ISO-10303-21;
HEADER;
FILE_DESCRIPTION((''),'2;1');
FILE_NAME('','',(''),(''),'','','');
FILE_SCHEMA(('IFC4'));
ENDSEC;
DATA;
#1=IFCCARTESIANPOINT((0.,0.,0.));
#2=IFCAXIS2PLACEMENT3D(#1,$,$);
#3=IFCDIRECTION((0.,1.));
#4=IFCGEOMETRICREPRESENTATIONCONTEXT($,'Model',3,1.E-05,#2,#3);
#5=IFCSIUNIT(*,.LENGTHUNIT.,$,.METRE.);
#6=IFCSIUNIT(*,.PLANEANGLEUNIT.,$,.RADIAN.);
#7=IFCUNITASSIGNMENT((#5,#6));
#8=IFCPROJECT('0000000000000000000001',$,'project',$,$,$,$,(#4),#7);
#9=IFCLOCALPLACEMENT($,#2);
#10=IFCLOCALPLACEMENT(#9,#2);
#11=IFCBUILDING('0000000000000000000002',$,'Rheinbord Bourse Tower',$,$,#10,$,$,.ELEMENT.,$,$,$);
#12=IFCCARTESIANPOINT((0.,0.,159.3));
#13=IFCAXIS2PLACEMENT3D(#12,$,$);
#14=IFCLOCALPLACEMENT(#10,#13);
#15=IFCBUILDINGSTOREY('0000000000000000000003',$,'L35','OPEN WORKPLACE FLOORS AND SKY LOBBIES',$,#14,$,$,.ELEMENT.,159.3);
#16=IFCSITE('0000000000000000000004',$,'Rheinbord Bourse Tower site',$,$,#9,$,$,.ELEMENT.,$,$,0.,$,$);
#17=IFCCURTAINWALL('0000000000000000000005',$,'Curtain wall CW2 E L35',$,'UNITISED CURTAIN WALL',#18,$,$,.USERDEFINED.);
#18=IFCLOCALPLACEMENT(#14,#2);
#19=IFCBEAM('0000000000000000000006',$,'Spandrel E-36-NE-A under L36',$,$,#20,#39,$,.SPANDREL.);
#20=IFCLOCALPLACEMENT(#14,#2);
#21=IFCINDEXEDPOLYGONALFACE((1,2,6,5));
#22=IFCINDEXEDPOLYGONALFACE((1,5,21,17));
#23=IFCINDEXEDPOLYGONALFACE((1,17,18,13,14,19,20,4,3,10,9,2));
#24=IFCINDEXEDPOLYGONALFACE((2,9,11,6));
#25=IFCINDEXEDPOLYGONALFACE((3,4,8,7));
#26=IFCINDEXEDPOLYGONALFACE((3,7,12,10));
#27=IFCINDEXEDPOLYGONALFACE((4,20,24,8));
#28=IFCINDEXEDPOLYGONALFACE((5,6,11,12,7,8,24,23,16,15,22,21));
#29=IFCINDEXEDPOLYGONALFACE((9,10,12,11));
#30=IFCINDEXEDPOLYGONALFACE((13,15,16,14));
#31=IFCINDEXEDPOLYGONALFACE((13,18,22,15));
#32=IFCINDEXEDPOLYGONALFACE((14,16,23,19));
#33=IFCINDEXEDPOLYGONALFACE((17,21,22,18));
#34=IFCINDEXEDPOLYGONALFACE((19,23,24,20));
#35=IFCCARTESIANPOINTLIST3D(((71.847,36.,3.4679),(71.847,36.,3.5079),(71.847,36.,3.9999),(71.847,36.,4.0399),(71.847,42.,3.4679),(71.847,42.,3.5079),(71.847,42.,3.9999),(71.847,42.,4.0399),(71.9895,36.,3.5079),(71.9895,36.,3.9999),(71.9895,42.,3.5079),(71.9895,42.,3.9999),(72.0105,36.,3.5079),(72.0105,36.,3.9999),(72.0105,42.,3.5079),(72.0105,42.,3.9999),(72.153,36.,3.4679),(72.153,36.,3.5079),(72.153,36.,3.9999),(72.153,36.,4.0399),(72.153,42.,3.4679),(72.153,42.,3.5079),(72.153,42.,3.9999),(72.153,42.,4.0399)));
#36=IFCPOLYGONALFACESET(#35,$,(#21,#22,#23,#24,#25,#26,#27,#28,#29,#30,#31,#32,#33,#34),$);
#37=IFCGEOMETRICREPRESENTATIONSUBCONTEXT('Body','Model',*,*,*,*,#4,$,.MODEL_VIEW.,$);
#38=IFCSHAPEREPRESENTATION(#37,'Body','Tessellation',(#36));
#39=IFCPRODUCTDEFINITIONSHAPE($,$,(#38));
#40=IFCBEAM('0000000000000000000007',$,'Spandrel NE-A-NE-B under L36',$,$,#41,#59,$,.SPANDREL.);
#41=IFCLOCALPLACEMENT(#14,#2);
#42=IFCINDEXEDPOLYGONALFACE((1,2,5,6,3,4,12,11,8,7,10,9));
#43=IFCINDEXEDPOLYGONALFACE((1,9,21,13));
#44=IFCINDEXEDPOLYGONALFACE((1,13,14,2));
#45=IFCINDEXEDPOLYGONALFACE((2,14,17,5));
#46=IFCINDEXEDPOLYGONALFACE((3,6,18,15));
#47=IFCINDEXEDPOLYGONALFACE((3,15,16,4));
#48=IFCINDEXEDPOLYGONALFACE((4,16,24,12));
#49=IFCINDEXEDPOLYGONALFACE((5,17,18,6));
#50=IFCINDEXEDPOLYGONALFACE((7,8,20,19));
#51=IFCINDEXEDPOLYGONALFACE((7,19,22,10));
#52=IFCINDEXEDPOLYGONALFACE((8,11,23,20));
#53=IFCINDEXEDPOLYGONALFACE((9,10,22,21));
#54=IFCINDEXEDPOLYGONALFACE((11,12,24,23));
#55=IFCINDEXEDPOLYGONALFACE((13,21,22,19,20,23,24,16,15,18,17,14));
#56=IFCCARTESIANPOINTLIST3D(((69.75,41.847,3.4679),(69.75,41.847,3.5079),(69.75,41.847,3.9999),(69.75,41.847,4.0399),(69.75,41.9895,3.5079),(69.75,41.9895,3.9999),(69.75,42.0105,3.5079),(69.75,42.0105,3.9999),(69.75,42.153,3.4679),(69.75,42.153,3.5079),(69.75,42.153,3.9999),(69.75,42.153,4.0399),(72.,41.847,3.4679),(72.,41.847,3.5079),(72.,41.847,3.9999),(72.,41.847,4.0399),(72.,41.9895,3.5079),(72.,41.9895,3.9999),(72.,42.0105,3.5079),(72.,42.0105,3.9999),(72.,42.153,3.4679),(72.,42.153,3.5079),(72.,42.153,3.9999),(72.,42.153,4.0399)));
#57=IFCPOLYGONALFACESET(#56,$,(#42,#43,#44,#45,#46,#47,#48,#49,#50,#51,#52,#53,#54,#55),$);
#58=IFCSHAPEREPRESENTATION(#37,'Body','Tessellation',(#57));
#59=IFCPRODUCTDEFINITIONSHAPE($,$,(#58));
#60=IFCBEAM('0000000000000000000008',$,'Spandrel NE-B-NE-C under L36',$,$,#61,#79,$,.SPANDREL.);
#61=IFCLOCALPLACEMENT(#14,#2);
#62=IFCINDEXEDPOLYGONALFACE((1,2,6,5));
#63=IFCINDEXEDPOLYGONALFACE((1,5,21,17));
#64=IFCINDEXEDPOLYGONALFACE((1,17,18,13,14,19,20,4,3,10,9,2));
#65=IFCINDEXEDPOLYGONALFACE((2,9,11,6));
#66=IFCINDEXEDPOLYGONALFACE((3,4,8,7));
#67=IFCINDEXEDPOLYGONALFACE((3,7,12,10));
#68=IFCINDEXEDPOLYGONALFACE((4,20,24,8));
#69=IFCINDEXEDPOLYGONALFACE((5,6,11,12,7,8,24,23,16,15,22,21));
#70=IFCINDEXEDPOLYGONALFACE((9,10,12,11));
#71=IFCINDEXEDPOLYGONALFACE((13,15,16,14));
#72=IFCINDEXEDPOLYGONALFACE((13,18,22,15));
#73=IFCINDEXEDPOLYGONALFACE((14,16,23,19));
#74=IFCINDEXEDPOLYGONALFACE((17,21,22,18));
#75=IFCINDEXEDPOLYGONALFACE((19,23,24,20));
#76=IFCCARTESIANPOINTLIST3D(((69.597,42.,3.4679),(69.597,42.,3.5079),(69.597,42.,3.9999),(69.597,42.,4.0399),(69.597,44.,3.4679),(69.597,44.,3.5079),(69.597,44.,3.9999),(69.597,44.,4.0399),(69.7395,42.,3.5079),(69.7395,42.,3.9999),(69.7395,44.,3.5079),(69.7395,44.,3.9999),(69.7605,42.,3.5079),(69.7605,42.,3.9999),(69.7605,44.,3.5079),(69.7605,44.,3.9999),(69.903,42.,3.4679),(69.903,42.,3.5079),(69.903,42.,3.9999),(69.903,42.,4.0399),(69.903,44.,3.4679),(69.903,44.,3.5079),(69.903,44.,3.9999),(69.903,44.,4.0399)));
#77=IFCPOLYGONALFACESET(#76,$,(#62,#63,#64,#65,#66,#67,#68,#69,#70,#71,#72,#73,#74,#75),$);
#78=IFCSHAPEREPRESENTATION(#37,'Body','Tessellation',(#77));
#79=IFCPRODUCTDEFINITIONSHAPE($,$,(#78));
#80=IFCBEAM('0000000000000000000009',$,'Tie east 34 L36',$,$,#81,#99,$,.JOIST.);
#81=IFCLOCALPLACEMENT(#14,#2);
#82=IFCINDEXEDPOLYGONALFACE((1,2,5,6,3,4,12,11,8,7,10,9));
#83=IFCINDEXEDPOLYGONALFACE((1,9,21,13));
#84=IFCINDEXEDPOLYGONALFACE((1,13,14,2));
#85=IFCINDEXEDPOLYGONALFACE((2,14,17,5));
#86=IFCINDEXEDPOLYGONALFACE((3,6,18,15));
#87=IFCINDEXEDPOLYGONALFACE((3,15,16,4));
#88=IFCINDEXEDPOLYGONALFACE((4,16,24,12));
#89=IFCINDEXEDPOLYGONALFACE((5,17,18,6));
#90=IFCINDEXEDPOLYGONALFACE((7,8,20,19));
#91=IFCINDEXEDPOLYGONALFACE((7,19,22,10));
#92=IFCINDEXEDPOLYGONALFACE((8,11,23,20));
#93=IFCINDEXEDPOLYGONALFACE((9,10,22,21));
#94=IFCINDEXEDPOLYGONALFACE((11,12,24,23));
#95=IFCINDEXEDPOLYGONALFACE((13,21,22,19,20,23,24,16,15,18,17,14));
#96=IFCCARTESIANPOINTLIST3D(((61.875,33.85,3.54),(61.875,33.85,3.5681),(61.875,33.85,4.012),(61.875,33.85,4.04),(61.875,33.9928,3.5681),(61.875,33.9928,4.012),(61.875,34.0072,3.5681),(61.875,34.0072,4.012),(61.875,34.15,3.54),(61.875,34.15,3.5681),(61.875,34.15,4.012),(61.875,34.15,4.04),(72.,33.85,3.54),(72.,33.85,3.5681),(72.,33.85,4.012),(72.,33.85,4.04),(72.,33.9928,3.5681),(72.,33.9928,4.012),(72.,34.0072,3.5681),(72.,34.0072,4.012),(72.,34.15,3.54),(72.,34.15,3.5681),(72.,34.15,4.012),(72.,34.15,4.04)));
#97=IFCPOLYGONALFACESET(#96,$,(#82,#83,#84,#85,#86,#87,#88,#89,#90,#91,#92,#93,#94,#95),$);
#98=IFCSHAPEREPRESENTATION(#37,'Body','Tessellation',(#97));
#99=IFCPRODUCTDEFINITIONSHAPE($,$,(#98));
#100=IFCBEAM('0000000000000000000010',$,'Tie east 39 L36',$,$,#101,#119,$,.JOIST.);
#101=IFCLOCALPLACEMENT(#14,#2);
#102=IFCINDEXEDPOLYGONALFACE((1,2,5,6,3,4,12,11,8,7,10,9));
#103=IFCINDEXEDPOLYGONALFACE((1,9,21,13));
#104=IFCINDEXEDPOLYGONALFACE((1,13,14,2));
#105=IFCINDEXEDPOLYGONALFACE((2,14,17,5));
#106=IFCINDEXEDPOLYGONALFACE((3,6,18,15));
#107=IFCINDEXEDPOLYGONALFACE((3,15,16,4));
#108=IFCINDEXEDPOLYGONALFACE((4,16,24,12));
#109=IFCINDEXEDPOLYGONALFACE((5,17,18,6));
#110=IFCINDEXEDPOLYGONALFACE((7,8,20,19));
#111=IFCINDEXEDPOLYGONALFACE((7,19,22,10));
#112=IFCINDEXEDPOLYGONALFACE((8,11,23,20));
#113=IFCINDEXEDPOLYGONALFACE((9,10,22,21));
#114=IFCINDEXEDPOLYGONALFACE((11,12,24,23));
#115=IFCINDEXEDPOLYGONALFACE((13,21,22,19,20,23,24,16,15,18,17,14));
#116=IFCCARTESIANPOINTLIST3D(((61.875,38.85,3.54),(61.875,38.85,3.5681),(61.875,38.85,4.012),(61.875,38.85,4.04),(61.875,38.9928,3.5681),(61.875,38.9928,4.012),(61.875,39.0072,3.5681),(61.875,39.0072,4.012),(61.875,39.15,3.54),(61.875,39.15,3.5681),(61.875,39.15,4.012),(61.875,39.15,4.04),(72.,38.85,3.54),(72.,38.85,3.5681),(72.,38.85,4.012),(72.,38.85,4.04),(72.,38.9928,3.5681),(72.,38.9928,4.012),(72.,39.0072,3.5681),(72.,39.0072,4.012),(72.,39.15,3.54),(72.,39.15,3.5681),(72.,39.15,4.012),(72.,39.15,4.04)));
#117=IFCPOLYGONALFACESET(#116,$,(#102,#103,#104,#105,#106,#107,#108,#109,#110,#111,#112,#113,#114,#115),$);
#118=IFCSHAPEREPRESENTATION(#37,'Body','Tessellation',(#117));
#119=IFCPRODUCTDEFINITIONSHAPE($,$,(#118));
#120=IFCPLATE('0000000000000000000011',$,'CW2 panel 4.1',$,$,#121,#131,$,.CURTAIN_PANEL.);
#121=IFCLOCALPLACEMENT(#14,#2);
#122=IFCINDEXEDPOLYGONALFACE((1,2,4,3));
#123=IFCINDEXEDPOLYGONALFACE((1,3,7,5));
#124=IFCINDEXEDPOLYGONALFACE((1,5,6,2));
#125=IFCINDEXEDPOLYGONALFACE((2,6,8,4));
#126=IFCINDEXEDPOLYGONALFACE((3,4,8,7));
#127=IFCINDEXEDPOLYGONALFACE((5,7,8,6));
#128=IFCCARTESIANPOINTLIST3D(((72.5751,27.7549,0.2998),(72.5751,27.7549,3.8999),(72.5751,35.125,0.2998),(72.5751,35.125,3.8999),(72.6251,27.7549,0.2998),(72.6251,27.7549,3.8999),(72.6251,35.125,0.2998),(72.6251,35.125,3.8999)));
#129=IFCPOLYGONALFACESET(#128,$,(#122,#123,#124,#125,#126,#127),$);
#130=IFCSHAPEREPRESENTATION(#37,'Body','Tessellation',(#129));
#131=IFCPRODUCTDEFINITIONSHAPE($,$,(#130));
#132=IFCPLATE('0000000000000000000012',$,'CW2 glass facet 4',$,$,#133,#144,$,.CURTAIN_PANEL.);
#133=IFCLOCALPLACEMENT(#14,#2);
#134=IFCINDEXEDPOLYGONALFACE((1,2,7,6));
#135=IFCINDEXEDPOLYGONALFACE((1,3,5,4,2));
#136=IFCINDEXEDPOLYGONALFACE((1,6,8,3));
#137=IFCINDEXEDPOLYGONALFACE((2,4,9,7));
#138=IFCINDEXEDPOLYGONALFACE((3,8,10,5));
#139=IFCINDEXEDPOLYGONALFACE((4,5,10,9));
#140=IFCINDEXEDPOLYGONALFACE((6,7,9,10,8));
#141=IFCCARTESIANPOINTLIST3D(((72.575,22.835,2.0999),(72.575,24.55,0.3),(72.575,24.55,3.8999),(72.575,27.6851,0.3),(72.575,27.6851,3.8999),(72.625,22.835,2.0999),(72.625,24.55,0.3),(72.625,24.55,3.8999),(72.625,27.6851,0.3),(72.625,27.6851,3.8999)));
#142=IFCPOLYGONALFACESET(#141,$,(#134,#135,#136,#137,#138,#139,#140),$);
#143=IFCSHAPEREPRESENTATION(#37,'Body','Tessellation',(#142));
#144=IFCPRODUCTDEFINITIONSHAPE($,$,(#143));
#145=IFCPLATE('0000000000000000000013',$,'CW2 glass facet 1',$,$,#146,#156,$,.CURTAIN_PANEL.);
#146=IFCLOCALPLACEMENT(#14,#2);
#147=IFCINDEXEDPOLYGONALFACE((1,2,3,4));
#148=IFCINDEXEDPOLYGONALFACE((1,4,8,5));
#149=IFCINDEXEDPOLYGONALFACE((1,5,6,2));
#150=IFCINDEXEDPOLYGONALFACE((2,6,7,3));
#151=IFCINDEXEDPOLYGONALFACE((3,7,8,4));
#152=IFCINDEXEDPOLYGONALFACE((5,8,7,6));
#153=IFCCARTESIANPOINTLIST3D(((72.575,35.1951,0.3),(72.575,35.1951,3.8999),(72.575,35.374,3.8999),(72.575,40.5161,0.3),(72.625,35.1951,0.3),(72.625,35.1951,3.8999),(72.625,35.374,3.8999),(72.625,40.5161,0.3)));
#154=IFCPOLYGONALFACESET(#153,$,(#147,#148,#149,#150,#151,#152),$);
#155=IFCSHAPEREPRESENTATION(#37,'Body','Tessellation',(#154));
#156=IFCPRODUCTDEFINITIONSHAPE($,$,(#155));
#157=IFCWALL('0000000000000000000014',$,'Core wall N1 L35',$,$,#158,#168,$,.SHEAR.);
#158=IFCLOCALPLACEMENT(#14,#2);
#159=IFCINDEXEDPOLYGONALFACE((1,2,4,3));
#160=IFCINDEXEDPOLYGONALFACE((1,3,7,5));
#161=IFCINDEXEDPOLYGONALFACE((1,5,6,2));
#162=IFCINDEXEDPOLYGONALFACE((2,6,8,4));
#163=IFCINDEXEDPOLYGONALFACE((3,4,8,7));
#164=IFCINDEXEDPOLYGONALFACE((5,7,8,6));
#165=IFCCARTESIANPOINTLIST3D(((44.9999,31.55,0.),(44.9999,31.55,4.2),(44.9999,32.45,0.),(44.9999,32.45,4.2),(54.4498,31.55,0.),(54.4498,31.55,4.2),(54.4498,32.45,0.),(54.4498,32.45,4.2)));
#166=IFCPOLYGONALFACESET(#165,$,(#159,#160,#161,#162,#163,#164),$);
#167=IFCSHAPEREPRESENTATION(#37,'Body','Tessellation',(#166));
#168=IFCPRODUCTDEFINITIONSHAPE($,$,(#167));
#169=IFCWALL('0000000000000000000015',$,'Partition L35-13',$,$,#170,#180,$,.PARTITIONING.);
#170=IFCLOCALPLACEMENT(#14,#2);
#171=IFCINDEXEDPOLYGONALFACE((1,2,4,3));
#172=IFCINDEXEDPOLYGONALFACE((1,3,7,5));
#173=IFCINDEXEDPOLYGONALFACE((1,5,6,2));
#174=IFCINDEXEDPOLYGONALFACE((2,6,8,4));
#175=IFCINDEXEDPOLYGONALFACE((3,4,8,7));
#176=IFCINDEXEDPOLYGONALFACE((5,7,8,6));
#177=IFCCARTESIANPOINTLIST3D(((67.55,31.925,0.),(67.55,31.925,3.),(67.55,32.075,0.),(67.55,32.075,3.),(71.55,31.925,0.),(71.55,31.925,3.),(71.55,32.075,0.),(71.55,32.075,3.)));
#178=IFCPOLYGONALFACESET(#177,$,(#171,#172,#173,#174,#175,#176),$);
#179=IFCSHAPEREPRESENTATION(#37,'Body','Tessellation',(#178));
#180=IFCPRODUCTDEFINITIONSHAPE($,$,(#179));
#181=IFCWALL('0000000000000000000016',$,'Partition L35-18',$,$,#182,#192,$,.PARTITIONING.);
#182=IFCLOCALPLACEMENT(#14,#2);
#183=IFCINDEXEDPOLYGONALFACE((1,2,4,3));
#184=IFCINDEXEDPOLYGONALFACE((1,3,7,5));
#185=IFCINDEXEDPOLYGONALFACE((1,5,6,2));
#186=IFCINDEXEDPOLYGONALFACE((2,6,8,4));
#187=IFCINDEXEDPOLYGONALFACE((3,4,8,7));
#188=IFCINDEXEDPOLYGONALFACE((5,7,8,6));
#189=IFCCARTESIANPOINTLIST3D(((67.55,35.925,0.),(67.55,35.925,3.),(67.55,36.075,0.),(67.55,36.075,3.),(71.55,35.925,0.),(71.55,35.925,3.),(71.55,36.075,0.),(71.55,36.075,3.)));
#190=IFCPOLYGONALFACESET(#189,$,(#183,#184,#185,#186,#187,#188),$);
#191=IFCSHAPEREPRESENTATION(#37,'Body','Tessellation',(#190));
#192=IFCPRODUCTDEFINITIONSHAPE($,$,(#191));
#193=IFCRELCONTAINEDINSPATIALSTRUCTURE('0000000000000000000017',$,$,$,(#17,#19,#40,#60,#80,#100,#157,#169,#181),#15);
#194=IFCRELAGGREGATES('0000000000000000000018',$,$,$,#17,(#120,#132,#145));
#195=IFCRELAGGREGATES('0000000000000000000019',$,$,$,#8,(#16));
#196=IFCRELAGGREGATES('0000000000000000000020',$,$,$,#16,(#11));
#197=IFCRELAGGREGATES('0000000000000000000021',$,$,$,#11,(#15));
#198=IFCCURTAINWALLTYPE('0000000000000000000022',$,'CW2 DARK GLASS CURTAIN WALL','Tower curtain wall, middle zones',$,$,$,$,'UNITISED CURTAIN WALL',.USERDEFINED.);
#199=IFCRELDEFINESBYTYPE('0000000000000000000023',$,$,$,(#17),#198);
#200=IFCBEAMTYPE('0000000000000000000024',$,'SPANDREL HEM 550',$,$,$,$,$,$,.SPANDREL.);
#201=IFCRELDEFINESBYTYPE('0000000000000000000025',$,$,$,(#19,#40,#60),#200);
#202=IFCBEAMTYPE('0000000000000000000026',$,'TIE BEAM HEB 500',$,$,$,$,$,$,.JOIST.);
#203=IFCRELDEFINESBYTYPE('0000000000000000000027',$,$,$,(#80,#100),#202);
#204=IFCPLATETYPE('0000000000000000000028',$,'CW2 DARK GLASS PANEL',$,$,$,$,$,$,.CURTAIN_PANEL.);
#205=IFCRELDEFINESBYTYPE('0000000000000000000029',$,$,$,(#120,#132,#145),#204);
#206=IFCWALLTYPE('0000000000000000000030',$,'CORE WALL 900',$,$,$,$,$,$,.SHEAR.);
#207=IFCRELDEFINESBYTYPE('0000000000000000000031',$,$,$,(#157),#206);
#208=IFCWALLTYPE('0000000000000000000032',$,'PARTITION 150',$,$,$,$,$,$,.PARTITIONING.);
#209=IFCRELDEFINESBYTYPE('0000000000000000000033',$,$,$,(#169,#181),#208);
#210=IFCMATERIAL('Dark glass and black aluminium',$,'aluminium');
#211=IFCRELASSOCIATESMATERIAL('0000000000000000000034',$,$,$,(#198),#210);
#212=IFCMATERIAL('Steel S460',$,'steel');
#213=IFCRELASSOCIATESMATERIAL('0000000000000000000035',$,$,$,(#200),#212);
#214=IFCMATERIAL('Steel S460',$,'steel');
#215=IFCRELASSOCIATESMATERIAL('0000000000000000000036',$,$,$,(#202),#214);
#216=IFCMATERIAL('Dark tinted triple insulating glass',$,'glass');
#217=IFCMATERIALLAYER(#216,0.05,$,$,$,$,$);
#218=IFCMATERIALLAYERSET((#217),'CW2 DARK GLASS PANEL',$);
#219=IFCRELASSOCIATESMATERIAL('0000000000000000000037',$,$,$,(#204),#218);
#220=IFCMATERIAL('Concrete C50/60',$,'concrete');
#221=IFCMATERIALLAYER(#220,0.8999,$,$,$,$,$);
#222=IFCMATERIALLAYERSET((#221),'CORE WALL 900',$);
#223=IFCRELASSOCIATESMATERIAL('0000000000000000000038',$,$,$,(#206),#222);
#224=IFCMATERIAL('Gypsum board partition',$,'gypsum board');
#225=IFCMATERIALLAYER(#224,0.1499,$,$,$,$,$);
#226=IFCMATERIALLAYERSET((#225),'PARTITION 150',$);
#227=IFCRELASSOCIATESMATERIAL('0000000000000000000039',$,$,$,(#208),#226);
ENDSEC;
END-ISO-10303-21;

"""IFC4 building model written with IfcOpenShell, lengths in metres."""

from ifc_helpers import new_model, si_unit, direction, frame, frame_2d, origin, origin_2d, place, context, subcontext, project, spatial, polyline, rectangle, i_section, outline, extrude, material, layer, layer_set, material_profile, profile_set, type_object, element, aggregate, save


model = new_model("IFC4")

# Units and contexts
model_context = context("Model", 3, precision=1e-05, world=origin(), true_north=direction((0.0, 1.0)))
body_context = subcontext(model_context, "Body", "Model", "MODEL_VIEW")
ifc_project = project(units=[si_unit("LENGTHUNIT", "METRE"), si_unit("PLANEANGLEUNIT", "RADIAN")], contexts=[model_context])

# Site, building, storey
site_placement = place(None, origin())
site = spatial("IfcSite", under=ifc_project, at=site_placement, Name="Rheinbord Bourse Tower site", CompositionType="ELEMENT", RefElevation=0.0)
building_placement = place(site_placement, origin())
building = spatial("IfcBuilding", under=site, at=building_placement, Name="Rheinbord Bourse Tower", CompositionType="ELEMENT")
storey_placement = place(building_placement, frame((0.0, 0.0, 159.3)))
storey = spatial("IfcBuildingStorey", under=building, at=storey_placement, Name="L35", Description="OPEN WORKPLACE FLOORS AND SKY LOBBIES", CompositionType="ELEMENT", Elevation=159.3)

# Curtain wall
ifc_material_1 = material(Name="Dark glass and black aluminium", Category="aluminium")
curtain_wall_type = type_object("IfcCurtainWallType", Name="CW2 DARK GLASS CURTAIN WALL", Description="Tower curtain wall, middle zones", ElementType="UNITISED CURTAIN WALL", PredefinedType="USERDEFINED", material=ifc_material_1)
curtain_wall_placement = place(storey_placement, origin())
curtain_wall = element("IfcCurtainWall", 1, at=curtain_wall_placement, inside=storey, type_object=curtain_wall_type, Name="Curtain wall CW2 E L35", ObjectType="UNITISED CURTAIN WALL", PredefinedType="USERDEFINED")

# Beams
ifc_material_2 = material(Name="Steel S460", Category="steel")
ifc_material_profile_1 = material_profile(ifc_material_2, i_section(OverallWidth=0.3059, OverallDepth=0.572, WebThickness=0.021, FlangeThickness=0.04, at=origin_2d()), Name="HEM 550")
ifc_profile_set_1 = profile_set([ifc_material_profile_1], Name="Steel S460")
beam_type_1 = type_object("IfcBeamType", Name="SPANDREL HEM 550", PredefinedType="SPANDREL", material=ifc_profile_set_1)
beam_1_placement = place(storey_placement, frame((72.0, 36.0, 3.7539), z_axis=(0.0, 1.0, 0.0), x_axis=(-1.0, 0.0, 0.0)))
element("IfcBeam", 2, at=beam_1_placement, inside=storey, type_object=beam_type_1, Name="Spandrel E-36-NE-A under L36", PredefinedType="SPANDREL", context=body_context, shape_type="SweptSolid", body=[
    extrude(i_section(OverallWidth=0.3059, OverallDepth=0.572, WebThickness=0.021, FlangeThickness=0.04, at=origin_2d()), origin(), (0.0, 0.0, 1.0), 6.0),
])
beam_2_placement = place(storey_placement, frame((72.0, 42.0, 3.7539), z_axis=(-1.0, 0.0, 0.0), x_axis=(0.0, -1.0, 0.0)))
element("IfcBeam", 3, at=beam_2_placement, inside=storey, type_object=beam_type_1, Name="Spandrel NE-A-NE-B under L36", PredefinedType="SPANDREL", context=body_context, shape_type="SweptSolid", body=[
    extrude(i_section(OverallWidth=0.3059, OverallDepth=0.572, WebThickness=0.021, FlangeThickness=0.04, at=origin_2d()), origin(), (0.0, 0.0, 1.0), 2.25),
])
beam_3_placement = place(storey_placement, frame((69.75, 42.0, 3.7539), z_axis=(0.0, 1.0, 0.0), x_axis=(-1.0, 0.0, 0.0)))
element("IfcBeam", 4, at=beam_3_placement, inside=storey, type_object=beam_type_1, Name="Spandrel NE-B-NE-C under L36", PredefinedType="SPANDREL", context=body_context, shape_type="SweptSolid", body=[
    extrude(i_section(OverallWidth=0.3059, OverallDepth=0.572, WebThickness=0.021, FlangeThickness=0.04, at=origin_2d()), origin(), (0.0, 0.0, 1.0), 2.0),
])
ifc_material_3 = material(Name="Steel S460", Category="steel")
ifc_material_profile_2 = material_profile(ifc_material_3, i_section(OverallWidth=0.3, OverallDepth=0.5, WebThickness=0.0144, FlangeThickness=0.0281, at=origin_2d()), Name="HEB 500")
ifc_profile_set_2 = profile_set([ifc_material_profile_2], Name="Steel S460")
beam_type_2 = type_object("IfcBeamType", Name="TIE BEAM HEB 500", PredefinedType="JOIST", material=ifc_profile_set_2)
for number, where, z_axis, x_axis, name in (
    (5, (61.875, 34.0, 3.79), (1.0, 0.0, 0.0), (0.0, 1.0, 0.0), "Tie east 34 L36"),
    (6, (61.875, 39.0, 3.79), (1.0, 0.0, 0.0), (0.0, 1.0, 0.0), "Tie east 39 L36"),
):
    element("IfcBeam", number, at=place(storey_placement, frame(where, z_axis=z_axis, x_axis=x_axis)), inside=storey, type_object=beam_type_2, Name=name, PredefinedType="JOIST", context=body_context, shape_type="SweptSolid", body=[
        extrude(i_section(OverallWidth=0.3, OverallDepth=0.5, WebThickness=0.0144, FlangeThickness=0.0281, at=origin_2d()), origin(), (0.0, 0.0, 1.0), 10.125),
    ])

# Plates
ifc_material_4 = material(Name="Dark tinted triple insulating glass", Category="glass")
ifc_layer_1 = layer(ifc_material_4, 0.05)
ifc_layer_set_1 = layer_set([ifc_layer_1], Name="CW2 DARK GLASS PANEL")
plate_type = type_object("IfcPlateType", Name="CW2 DARK GLASS PANEL", PredefinedType="CURTAIN_PANEL", material=ifc_layer_set_1)
plate_1_placement = place(storey_placement, frame((72.6001, 31.4399, 0.2998), z_axis=(0.0, 0.0, 1.0), x_axis=(0.0, 1.0, 0.0)))
plate_1 = element("IfcPlate", 7, at=plate_1_placement, type_object=plate_type, Name="CW2 panel 4.1", PredefinedType="CURTAIN_PANEL", context=body_context, shape_type="SweptSolid", body=[
    extrude(rectangle(XDim=7.3701, YDim=0.05, at=origin_2d()), origin(), (0.0, 0.0, 1.0), 3.6001),
])
plate_2_placement = place(storey_placement, frame((72.625, 27.6851, 3.8999), z_axis=(-1.0, 0.0, 0.0), x_axis=(0.0, 0.0, -1.0)))
plate_2 = element("IfcPlate", 8, at=plate_2_placement, type_object=plate_type, Name="CW2 glass facet 4", PredefinedType="CURTAIN_PANEL", context=body_context, shape_type="SweptSolid", body=[
    extrude(outline(polyline([(0.0, 0.0), (3.5999, 0.0), (3.5999, 3.135), (1.8, 4.8501), (0.0, 3.135), (0.0, 0.0)])), origin(), (0.0, 0.0, 1.0), 0.05),
])
plate_3_placement = place(storey_placement, frame((72.625, 35.1951, 0.3), z_axis=(-1.0, 0.0, 0.0), x_axis=(0.0, 0.0, 1.0)))
plate_3 = element("IfcPlate", 9, at=plate_3_placement, type_object=plate_type, Name="CW2 glass facet 1", PredefinedType="CURTAIN_PANEL", context=body_context, shape_type="SweptSolid", body=[
    extrude(outline(polyline([(0.0, 0.0), (3.5999, 0.0), (3.5999, 0.179), (0.0, 5.321), (0.0, 0.0)])), origin(), (0.0, 0.0, 1.0), 0.05),
])
aggregate(curtain_wall, [plate_1, plate_2, plate_3])

# Walls
ifc_material_5 = material(Name="Concrete C50/60", Category="concrete")
ifc_layer_2 = layer(ifc_material_5, 0.8999)
ifc_layer_set_2 = layer_set([ifc_layer_2], Name="CORE WALL 900")
wall_type_1 = type_object("IfcWallType", Name="CORE WALL 900", PredefinedType="SHEAR", material=ifc_layer_set_2)
wall_1_placement = place(storey_placement, frame((54.45, 32.0, 0.0), z_axis=(0.0, 0.0, 1.0), x_axis=(-1.0, 0.0, 0.0)))
element("IfcWall", 10, at=wall_1_placement, inside=storey, type_object=wall_type_1, Name="Core wall N1 L35", PredefinedType="SHEAR", context=body_context, shape_type="SweptSolid", body=[
    extrude(rectangle(XDim=9.45, YDim=0.8999, at=frame_2d((4.7251, 0.0))), origin(), (0.0, 0.0, 1.0), 4.2),
])
ifc_material_6 = material(Name="Gypsum board partition", Category="gypsum board")
ifc_layer_3 = layer(ifc_material_6, 0.1499)
ifc_layer_set_3 = layer_set([ifc_layer_3], Name="PARTITION 150")
wall_type_2 = type_object("IfcWallType", Name="PARTITION 150", PredefinedType="PARTITIONING", material=ifc_layer_set_3)
for number, where, z_axis, x_axis, name in (
    (11, (67.55, 32.0, 0.0), (0.0, 0.0, 1.0), (1.0, 0.0, 0.0), "Partition L35-13"),
    (12, (67.55, 36.0, 0.0), (0.0, 0.0, 1.0), (1.0, 0.0, 0.0), "Partition L35-18"),
):
    element("IfcWall", number, at=place(storey_placement, frame(where, z_axis=z_axis, x_axis=x_axis)), inside=storey, type_object=wall_type_2, Name=name, PredefinedType="PARTITIONING", context=body_context, shape_type="SweptSolid", body=[
        extrude(rectangle(XDim=4.0, YDim=0.1499, at=frame_2d((2.0, 0.0))), origin(), (0.0, 0.0, 1.0), 3.0),
    ])

save(model, "model.ifc")
